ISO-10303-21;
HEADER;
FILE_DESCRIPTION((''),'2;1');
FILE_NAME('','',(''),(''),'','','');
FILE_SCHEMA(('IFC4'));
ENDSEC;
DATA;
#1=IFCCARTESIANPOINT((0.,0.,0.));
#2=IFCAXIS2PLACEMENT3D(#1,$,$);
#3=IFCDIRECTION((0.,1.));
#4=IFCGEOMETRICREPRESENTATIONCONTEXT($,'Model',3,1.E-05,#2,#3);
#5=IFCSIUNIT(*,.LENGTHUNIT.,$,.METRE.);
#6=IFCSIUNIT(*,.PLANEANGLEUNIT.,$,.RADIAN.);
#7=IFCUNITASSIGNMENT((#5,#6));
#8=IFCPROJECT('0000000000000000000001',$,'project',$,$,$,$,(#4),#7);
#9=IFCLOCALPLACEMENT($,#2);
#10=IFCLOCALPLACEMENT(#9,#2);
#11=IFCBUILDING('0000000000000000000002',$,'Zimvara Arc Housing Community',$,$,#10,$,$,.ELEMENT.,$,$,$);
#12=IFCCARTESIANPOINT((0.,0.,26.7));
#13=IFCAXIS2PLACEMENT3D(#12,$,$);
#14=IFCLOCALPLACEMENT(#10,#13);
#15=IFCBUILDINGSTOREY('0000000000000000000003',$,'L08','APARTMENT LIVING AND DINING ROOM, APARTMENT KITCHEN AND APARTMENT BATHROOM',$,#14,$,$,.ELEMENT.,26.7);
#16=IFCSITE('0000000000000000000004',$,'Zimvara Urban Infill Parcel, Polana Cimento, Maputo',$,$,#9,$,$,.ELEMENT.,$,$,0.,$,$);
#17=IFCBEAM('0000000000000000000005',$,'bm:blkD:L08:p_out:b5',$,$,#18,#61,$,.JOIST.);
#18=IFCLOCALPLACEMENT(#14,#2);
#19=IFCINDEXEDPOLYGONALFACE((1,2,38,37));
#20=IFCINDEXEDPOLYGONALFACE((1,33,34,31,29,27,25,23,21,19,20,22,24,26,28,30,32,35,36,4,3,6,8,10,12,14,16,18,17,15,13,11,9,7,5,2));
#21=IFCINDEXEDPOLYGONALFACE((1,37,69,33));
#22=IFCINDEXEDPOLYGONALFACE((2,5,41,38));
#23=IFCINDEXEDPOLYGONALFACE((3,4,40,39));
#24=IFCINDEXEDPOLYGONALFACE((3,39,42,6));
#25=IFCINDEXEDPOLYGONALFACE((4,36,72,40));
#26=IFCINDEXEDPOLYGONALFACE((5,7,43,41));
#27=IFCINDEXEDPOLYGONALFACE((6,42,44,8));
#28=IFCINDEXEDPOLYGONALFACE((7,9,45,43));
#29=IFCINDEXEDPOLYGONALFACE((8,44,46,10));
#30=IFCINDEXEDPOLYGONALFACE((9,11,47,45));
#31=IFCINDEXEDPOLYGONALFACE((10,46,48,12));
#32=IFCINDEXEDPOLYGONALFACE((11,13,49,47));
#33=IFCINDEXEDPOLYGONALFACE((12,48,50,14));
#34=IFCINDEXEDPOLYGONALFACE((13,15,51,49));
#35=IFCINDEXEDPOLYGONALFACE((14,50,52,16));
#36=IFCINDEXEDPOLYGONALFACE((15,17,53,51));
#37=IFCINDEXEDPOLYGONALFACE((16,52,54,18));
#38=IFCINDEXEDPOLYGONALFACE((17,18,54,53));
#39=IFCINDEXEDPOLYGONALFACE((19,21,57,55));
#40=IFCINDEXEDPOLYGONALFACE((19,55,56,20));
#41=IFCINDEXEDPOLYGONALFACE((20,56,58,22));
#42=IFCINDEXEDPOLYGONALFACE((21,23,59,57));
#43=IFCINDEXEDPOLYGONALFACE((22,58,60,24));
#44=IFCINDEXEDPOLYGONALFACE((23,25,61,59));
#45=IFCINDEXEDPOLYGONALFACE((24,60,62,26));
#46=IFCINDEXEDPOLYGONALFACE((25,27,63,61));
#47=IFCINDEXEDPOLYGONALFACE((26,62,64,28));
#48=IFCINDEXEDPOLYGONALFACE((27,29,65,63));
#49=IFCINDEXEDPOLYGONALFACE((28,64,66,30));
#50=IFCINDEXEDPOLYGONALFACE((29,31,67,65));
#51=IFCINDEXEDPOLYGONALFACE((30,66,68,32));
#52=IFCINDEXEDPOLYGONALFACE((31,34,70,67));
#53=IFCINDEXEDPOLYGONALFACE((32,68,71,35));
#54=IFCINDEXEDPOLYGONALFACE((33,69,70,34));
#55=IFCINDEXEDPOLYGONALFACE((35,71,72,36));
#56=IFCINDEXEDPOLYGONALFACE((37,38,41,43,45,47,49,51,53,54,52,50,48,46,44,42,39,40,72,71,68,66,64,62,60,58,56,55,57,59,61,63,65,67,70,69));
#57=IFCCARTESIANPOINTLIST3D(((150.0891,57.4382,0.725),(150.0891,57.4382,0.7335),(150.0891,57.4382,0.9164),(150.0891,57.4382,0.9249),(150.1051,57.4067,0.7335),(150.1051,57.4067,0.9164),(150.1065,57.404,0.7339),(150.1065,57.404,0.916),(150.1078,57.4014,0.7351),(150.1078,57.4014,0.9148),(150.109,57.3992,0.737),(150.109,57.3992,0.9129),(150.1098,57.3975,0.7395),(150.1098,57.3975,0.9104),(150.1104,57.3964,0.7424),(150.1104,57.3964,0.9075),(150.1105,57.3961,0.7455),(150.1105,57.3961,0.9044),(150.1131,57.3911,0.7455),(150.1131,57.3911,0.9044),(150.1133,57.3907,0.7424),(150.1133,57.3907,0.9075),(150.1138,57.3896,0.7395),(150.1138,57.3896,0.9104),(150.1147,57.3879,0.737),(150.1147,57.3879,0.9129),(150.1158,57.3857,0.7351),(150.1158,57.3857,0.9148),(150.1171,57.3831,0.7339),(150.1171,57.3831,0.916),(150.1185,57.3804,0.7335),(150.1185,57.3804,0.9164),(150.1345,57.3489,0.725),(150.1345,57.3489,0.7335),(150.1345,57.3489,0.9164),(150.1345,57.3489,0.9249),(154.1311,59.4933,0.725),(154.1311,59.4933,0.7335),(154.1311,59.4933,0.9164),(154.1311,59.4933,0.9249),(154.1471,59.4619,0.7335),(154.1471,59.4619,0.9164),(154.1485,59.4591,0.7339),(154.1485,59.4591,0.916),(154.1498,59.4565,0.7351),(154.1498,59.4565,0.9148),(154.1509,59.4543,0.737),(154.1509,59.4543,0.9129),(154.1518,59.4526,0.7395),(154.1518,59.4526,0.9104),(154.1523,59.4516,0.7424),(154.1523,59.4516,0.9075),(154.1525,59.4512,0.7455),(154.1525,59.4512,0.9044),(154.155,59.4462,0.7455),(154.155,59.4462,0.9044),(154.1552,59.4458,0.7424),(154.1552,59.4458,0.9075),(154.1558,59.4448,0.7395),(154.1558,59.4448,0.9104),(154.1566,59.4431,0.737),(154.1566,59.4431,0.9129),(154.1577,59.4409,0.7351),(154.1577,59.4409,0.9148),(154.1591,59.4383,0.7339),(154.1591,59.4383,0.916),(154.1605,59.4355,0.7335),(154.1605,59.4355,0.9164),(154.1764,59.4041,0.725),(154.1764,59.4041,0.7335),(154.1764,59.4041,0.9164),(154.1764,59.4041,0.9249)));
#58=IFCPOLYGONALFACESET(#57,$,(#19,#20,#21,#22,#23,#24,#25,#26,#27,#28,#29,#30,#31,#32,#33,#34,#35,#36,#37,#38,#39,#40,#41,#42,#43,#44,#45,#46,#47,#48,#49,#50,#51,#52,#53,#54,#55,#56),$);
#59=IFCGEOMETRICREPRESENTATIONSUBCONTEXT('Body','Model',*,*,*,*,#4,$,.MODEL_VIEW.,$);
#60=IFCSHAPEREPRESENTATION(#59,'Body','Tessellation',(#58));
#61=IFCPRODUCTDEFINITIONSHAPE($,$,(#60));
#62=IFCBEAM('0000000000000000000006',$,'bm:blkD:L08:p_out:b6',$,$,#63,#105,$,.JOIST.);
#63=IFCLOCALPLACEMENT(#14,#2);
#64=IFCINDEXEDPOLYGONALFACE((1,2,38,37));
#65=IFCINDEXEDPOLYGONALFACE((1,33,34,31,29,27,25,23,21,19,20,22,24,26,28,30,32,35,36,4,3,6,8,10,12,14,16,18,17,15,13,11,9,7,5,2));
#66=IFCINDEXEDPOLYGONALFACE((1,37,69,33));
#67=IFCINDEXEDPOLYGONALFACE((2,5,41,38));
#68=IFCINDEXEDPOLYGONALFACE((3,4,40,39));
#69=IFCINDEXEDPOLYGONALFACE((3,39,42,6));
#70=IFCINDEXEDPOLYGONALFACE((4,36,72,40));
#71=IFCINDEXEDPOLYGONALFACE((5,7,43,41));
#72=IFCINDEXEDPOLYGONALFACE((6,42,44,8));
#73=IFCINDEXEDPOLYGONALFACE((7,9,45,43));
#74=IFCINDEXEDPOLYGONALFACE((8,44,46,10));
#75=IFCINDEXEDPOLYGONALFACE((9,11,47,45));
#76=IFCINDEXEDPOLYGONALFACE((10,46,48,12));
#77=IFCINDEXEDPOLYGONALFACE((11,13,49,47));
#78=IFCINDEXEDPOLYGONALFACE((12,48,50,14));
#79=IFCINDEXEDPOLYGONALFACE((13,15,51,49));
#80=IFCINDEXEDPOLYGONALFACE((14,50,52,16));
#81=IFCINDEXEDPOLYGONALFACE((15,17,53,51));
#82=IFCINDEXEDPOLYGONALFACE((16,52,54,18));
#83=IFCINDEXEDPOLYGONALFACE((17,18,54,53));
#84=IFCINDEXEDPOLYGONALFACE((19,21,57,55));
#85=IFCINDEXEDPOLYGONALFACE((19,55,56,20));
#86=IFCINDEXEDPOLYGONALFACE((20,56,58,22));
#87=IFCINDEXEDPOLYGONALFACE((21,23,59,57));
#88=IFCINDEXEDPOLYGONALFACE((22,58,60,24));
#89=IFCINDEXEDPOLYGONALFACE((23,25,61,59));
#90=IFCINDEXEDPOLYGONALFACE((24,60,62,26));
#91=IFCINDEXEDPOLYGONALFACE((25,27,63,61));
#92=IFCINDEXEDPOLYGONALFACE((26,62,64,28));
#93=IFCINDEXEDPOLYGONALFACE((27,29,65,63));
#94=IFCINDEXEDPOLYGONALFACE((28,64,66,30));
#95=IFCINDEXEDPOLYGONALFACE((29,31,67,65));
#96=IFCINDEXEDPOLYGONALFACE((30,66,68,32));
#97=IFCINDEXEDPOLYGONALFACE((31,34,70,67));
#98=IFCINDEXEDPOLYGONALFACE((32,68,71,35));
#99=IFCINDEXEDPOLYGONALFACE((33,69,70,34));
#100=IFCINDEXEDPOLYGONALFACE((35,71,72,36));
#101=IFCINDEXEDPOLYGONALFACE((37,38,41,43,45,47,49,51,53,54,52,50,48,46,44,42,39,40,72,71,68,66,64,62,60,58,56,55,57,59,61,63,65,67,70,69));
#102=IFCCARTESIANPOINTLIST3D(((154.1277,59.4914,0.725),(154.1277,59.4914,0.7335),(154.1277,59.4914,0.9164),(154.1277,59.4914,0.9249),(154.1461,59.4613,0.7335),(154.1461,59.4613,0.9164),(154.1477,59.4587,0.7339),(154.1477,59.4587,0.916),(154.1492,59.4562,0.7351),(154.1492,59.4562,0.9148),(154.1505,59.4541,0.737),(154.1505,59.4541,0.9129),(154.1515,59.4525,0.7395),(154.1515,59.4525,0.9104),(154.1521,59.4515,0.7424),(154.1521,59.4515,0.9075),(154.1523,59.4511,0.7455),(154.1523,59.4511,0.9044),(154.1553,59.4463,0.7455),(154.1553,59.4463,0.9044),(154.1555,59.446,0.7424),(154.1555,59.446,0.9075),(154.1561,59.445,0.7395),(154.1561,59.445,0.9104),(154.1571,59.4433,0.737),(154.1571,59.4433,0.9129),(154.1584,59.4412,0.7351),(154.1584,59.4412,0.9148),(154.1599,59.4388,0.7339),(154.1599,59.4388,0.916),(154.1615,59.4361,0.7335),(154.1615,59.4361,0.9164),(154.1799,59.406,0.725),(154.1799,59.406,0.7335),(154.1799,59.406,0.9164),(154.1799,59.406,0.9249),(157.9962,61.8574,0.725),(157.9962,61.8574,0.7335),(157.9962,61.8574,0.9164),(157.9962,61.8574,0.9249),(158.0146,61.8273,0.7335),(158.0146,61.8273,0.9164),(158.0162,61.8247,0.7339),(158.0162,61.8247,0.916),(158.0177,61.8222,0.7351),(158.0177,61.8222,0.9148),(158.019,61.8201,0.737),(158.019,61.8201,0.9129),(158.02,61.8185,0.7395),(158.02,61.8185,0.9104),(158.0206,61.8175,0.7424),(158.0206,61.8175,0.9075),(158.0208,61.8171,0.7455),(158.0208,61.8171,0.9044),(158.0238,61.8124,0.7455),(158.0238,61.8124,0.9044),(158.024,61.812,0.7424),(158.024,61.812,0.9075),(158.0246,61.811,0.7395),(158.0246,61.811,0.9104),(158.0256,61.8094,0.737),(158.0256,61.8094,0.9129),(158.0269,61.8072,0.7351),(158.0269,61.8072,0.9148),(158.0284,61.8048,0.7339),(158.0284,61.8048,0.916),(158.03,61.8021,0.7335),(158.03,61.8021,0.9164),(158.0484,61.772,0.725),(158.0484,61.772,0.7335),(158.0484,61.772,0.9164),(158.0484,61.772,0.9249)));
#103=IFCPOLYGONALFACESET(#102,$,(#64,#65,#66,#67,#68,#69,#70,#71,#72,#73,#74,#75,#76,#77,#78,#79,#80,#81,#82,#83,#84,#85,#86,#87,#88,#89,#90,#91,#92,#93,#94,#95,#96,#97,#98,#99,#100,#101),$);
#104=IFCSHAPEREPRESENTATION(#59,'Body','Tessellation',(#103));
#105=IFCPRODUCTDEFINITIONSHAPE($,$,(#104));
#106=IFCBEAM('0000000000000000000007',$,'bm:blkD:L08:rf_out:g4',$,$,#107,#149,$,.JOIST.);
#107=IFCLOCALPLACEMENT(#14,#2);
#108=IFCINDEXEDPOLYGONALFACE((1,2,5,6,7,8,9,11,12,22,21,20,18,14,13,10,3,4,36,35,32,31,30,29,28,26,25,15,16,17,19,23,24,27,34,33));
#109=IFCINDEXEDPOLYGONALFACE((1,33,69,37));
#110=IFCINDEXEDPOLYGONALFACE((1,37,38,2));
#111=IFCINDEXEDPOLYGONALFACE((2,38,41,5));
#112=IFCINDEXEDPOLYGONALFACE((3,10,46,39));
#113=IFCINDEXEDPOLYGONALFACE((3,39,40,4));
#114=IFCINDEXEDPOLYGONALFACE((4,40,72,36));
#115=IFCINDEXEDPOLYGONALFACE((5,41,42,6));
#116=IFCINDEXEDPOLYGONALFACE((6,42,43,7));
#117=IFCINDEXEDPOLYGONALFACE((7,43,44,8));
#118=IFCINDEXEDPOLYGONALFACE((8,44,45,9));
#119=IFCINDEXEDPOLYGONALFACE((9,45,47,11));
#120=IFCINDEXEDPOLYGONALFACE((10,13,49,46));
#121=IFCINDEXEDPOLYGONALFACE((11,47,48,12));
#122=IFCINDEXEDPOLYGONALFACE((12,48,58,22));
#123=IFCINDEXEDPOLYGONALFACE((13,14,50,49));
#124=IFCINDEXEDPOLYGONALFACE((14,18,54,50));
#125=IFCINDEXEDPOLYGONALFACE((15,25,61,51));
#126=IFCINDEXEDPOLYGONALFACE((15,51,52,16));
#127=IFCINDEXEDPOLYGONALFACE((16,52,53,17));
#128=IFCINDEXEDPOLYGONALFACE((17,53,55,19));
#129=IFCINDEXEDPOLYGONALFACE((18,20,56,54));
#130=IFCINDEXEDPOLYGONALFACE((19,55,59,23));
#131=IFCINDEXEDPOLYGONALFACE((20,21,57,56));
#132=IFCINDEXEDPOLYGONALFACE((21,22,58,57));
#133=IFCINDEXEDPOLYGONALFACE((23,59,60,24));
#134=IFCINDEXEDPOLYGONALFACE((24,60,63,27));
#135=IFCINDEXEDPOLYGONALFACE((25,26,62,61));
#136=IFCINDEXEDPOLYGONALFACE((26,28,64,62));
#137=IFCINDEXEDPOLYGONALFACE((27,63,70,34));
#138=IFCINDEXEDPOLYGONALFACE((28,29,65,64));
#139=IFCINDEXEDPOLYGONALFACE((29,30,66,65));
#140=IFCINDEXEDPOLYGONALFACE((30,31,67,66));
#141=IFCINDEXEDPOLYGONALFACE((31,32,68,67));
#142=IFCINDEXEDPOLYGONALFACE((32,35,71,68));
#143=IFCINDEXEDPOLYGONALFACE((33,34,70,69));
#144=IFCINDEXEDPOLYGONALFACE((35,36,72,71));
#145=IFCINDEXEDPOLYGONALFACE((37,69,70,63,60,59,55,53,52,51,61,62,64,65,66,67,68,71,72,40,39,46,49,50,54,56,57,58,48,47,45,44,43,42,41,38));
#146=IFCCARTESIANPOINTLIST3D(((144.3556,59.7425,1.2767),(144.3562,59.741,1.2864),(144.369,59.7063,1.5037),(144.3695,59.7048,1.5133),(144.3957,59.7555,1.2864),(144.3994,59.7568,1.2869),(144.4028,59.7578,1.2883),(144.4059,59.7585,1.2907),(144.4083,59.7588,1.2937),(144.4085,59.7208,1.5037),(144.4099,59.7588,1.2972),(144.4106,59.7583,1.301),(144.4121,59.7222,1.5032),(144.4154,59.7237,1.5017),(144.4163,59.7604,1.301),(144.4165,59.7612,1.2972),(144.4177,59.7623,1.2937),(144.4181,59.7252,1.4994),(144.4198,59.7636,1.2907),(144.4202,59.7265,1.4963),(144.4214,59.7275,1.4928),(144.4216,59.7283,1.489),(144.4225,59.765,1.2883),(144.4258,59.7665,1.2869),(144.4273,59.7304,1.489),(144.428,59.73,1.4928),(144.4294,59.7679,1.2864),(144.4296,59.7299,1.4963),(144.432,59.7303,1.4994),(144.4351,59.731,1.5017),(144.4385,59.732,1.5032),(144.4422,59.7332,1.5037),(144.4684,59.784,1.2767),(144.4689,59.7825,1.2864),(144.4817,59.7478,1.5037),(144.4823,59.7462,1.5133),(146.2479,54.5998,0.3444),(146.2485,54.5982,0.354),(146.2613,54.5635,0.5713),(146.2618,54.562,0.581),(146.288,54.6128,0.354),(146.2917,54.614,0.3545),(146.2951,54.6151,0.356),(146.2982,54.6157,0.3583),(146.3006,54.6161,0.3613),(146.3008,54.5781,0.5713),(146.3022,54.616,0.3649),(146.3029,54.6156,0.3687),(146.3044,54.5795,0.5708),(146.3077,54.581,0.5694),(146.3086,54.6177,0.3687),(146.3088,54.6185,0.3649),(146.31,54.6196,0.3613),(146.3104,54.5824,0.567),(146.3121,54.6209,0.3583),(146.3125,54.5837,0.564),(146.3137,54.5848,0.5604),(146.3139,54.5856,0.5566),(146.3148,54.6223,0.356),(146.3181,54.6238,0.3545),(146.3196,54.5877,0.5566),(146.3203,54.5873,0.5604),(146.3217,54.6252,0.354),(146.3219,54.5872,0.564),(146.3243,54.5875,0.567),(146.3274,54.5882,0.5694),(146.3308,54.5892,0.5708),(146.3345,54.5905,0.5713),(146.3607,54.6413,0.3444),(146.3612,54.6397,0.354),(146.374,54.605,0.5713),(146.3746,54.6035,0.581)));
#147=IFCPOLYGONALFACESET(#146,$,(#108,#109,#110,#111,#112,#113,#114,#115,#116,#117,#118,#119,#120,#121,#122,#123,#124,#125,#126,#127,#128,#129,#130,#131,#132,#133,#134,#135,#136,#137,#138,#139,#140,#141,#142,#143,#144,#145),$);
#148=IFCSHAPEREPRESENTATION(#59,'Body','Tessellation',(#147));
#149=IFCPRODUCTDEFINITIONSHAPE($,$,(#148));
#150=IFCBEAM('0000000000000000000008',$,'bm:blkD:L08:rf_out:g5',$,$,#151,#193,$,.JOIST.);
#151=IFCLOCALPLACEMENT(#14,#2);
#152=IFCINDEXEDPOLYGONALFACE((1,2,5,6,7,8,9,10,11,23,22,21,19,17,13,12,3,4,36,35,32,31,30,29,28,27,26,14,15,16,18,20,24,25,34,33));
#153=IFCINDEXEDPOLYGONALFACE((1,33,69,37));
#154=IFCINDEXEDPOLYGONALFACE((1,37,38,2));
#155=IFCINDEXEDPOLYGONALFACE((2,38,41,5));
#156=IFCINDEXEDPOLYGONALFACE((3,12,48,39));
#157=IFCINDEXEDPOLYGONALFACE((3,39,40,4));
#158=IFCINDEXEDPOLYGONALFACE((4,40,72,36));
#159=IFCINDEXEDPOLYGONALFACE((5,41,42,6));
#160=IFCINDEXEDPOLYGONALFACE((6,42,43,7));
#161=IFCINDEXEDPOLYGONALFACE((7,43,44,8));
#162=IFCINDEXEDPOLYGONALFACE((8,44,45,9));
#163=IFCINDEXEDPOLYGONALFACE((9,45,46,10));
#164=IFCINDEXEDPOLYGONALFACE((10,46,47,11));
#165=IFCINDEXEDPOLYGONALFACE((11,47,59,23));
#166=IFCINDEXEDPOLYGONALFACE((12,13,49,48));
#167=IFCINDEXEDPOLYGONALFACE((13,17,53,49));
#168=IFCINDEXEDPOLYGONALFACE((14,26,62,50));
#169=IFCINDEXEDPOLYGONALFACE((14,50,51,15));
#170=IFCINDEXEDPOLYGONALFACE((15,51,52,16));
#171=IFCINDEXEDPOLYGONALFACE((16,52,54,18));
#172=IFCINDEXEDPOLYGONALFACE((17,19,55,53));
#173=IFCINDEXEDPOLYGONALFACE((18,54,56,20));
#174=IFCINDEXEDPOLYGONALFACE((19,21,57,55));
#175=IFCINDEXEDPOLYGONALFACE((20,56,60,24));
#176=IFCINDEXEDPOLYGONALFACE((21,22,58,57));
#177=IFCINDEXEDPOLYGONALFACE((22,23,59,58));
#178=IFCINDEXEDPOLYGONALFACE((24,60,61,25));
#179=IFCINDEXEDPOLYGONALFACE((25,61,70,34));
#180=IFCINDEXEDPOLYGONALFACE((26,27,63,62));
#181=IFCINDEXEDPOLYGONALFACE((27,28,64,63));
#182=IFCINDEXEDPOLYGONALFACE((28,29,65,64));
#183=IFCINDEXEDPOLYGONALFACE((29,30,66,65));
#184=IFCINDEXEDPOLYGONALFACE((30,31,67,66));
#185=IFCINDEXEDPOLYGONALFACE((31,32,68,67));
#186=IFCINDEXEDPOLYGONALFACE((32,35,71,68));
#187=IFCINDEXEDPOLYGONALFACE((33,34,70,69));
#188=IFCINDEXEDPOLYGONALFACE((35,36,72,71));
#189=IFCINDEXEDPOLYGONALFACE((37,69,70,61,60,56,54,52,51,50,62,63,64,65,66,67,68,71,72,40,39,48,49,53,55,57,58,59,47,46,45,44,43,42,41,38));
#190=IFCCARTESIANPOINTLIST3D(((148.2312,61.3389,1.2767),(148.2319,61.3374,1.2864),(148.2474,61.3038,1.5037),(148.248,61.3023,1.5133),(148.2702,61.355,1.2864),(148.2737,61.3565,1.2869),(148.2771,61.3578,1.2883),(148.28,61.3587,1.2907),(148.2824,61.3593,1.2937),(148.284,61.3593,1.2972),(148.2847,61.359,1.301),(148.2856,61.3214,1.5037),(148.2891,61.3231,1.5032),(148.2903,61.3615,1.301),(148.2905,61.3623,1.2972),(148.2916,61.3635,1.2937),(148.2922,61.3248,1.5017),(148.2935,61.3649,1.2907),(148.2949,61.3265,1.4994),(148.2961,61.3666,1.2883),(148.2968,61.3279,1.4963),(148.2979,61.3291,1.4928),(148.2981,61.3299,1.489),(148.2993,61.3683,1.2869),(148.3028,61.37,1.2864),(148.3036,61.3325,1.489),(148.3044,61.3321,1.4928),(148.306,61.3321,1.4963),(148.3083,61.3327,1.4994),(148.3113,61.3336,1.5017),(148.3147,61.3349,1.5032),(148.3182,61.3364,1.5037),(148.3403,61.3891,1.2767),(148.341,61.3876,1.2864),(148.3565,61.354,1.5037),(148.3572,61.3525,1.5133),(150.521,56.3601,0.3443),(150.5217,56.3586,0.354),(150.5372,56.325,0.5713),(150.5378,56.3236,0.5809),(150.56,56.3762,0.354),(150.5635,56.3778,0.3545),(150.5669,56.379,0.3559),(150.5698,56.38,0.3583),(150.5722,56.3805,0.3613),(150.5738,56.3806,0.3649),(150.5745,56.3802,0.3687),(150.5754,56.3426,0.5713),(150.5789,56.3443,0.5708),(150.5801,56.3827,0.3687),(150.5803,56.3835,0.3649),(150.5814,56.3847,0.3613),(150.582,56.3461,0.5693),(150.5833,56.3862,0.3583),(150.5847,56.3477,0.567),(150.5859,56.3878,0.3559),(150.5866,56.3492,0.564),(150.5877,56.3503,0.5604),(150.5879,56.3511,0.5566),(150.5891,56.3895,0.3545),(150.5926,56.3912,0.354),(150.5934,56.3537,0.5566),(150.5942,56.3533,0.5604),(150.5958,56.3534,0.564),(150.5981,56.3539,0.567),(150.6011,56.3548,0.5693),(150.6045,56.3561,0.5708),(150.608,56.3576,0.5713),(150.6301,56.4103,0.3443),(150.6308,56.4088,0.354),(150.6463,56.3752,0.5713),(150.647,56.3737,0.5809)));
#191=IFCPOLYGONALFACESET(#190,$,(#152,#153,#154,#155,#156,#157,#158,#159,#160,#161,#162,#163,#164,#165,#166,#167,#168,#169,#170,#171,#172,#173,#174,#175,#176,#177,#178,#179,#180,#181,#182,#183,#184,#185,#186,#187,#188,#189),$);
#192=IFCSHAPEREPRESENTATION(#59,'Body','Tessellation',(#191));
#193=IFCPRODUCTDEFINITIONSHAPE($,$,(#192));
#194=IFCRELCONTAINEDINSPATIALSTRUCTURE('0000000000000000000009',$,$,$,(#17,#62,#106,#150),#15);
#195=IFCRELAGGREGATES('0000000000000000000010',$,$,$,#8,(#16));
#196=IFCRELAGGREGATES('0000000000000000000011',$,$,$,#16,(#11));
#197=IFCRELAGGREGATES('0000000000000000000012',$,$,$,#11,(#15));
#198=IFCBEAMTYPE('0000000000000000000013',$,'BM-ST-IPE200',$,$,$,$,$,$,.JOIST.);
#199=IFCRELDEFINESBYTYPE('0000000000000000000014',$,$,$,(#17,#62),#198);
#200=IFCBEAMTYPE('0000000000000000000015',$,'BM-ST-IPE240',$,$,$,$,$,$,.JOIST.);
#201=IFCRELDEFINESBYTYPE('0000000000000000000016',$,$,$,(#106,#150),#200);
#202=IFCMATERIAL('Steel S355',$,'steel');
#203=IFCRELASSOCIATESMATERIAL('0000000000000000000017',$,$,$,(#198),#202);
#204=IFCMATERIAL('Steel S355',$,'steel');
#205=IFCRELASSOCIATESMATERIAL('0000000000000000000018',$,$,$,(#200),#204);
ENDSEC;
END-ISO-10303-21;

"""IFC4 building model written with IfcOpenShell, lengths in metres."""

from ifc_helpers import new_model, si_unit, direction, frame, origin, origin_2d, place, context, subcontext, project, spatial, i_section, extrude, material, material_profile, profile_set, type_object, element, save


model = new_model("IFC4")

# Units and contexts
model_context = context("Model", 3, precision=1e-05, world=origin(), true_north=direction((0.0, 1.0)))
body_context = subcontext(model_context, "Body", "Model", "MODEL_VIEW")
ifc_project = project(units=[si_unit("LENGTHUNIT", "METRE"), si_unit("PLANEANGLEUNIT", "RADIAN")], contexts=[model_context])

# Site, building, storey
site_placement = place(None, origin())
site = spatial("IfcSite", under=ifc_project, at=site_placement, Name="Zimvara Urban Infill Parcel, Polana Cimento, Maputo", CompositionType="ELEMENT", RefElevation=0.0)
building_placement = place(site_placement, origin())
building = spatial("IfcBuilding", under=site, at=building_placement, Name="Zimvara Arc Housing Community", CompositionType="ELEMENT")
storey_placement = place(building_placement, frame((0.0, 0.0, 26.7)))
storey = spatial("IfcBuildingStorey", under=building, at=storey_placement, Name="L08", Description="APARTMENT LIVING AND DINING ROOM, APARTMENT KITCHEN AND APARTMENT BATHROOM", CompositionType="ELEMENT", Elevation=26.7)

# Beams
ifc_material_1 = material(Name="Steel S355", Category="steel")
ifc_material_profile_1 = material_profile(ifc_material_1, i_section(OverallWidth=0.1001, OverallDepth=0.2, WebThickness=0.0056, FlangeThickness=0.0085, FilletRadius=0.012, at=origin_2d()), Name="IPE 200")
ifc_profile_set_1 = profile_set([ifc_material_profile_1], Name="Steel S355")
beam_type_1 = type_object("IfcBeamType", Name="BM-ST-IPE200", PredefinedType="JOIST", material=ifc_profile_set_1)
beam_1_placement = place(storey_placement, frame((150.1118, 57.3936, 0.825), z_axis=(0.891392, 0.453234, 0.0), x_axis=(-0.453234, 0.891392, 0.0)))
element("IfcBeam", 1, at=beam_1_placement, inside=storey, type_object=beam_type_1, Name="bm:blkD:L08:p_out:b5", PredefinedType="JOIST", context=body_context, shape_type="SweptSolid", body=[
    extrude(i_section(OverallWidth=0.1001, OverallDepth=0.2, WebThickness=0.0056, FlangeThickness=0.0085, FilletRadius=0.012, at=origin_2d()), origin(), (0.0, 0.0, 1.0), 4.5344),
])
beam_2_placement = place(storey_placement, frame((154.1538, 59.4487, 0.825), z_axis=(0.853091, 0.521761, 0.0), x_axis=(-0.521761, 0.853091, 0.0)))
element("IfcBeam", 2, at=beam_2_placement, inside=storey, type_object=beam_type_1, Name="bm:blkD:L08:p_out:b6", PredefinedType="JOIST", context=body_context, shape_type="SweptSolid", body=[
    extrude(i_section(OverallWidth=0.1001, OverallDepth=0.2, WebThickness=0.0056, FlangeThickness=0.0085, FilletRadius=0.012, at=origin_2d()), origin(), (0.0, 0.0, 1.0), 4.5347),
])
ifc_material_2 = material(Name="Steel S355", Category="steel")
ifc_material_profile_2 = material_profile(ifc_material_2, i_section(OverallWidth=0.1201, OverallDepth=0.24, WebThickness=0.0061, FlangeThickness=0.0098, FilletRadius=0.0149, at=origin_2d()), Name="IPE 240")
ifc_profile_set_2 = profile_set([ifc_material_profile_2], Name="Steel S355")
beam_type_2 = type_object("IfcBeamType", Name="BM-ST-IPE240", PredefinedType="JOIST", material=ifc_profile_set_2)
beam_3_placement = place(storey_placement, frame((144.4189, 59.7444, 1.395), z_axis=(0.340429, -0.925189, -0.167733), x_axis=(0.938485, 0.345321, 0.0)))
element("IfcBeam", 3, at=beam_3_placement, inside=storey, type_object=beam_type_2, Name="bm:blkD:L08:rf_out:g4", PredefinedType="JOIST", context=body_context, shape_type="SweptSolid", body=[
    extrude(i_section(OverallWidth=0.1201, OverallDepth=0.24, WebThickness=0.0061, FlangeThickness=0.0098, FilletRadius=0.0149, at=origin_2d()), origin(), (0.0, 0.0, 1.0), 5.5586),
])
beam_4_placement = place(storey_placement, frame((148.2942, 61.3457, 1.395), z_axis=(0.411921, -0.89565, -0.167728), x_axis=(0.908521, 0.41784, 0.0)))
element("IfcBeam", 4, at=beam_4_placement, inside=storey, type_object=beam_type_2, Name="bm:blkD:L08:rf_out:g5", PredefinedType="JOIST", context=body_context, shape_type="SweptSolid", body=[
    extrude(i_section(OverallWidth=0.1201, OverallDepth=0.24, WebThickness=0.0061, FlangeThickness=0.0098, FilletRadius=0.0149, at=origin_2d()), origin(), (0.0, 0.0, 1.0), 5.5588),
])

save(model, "model.ifc")
